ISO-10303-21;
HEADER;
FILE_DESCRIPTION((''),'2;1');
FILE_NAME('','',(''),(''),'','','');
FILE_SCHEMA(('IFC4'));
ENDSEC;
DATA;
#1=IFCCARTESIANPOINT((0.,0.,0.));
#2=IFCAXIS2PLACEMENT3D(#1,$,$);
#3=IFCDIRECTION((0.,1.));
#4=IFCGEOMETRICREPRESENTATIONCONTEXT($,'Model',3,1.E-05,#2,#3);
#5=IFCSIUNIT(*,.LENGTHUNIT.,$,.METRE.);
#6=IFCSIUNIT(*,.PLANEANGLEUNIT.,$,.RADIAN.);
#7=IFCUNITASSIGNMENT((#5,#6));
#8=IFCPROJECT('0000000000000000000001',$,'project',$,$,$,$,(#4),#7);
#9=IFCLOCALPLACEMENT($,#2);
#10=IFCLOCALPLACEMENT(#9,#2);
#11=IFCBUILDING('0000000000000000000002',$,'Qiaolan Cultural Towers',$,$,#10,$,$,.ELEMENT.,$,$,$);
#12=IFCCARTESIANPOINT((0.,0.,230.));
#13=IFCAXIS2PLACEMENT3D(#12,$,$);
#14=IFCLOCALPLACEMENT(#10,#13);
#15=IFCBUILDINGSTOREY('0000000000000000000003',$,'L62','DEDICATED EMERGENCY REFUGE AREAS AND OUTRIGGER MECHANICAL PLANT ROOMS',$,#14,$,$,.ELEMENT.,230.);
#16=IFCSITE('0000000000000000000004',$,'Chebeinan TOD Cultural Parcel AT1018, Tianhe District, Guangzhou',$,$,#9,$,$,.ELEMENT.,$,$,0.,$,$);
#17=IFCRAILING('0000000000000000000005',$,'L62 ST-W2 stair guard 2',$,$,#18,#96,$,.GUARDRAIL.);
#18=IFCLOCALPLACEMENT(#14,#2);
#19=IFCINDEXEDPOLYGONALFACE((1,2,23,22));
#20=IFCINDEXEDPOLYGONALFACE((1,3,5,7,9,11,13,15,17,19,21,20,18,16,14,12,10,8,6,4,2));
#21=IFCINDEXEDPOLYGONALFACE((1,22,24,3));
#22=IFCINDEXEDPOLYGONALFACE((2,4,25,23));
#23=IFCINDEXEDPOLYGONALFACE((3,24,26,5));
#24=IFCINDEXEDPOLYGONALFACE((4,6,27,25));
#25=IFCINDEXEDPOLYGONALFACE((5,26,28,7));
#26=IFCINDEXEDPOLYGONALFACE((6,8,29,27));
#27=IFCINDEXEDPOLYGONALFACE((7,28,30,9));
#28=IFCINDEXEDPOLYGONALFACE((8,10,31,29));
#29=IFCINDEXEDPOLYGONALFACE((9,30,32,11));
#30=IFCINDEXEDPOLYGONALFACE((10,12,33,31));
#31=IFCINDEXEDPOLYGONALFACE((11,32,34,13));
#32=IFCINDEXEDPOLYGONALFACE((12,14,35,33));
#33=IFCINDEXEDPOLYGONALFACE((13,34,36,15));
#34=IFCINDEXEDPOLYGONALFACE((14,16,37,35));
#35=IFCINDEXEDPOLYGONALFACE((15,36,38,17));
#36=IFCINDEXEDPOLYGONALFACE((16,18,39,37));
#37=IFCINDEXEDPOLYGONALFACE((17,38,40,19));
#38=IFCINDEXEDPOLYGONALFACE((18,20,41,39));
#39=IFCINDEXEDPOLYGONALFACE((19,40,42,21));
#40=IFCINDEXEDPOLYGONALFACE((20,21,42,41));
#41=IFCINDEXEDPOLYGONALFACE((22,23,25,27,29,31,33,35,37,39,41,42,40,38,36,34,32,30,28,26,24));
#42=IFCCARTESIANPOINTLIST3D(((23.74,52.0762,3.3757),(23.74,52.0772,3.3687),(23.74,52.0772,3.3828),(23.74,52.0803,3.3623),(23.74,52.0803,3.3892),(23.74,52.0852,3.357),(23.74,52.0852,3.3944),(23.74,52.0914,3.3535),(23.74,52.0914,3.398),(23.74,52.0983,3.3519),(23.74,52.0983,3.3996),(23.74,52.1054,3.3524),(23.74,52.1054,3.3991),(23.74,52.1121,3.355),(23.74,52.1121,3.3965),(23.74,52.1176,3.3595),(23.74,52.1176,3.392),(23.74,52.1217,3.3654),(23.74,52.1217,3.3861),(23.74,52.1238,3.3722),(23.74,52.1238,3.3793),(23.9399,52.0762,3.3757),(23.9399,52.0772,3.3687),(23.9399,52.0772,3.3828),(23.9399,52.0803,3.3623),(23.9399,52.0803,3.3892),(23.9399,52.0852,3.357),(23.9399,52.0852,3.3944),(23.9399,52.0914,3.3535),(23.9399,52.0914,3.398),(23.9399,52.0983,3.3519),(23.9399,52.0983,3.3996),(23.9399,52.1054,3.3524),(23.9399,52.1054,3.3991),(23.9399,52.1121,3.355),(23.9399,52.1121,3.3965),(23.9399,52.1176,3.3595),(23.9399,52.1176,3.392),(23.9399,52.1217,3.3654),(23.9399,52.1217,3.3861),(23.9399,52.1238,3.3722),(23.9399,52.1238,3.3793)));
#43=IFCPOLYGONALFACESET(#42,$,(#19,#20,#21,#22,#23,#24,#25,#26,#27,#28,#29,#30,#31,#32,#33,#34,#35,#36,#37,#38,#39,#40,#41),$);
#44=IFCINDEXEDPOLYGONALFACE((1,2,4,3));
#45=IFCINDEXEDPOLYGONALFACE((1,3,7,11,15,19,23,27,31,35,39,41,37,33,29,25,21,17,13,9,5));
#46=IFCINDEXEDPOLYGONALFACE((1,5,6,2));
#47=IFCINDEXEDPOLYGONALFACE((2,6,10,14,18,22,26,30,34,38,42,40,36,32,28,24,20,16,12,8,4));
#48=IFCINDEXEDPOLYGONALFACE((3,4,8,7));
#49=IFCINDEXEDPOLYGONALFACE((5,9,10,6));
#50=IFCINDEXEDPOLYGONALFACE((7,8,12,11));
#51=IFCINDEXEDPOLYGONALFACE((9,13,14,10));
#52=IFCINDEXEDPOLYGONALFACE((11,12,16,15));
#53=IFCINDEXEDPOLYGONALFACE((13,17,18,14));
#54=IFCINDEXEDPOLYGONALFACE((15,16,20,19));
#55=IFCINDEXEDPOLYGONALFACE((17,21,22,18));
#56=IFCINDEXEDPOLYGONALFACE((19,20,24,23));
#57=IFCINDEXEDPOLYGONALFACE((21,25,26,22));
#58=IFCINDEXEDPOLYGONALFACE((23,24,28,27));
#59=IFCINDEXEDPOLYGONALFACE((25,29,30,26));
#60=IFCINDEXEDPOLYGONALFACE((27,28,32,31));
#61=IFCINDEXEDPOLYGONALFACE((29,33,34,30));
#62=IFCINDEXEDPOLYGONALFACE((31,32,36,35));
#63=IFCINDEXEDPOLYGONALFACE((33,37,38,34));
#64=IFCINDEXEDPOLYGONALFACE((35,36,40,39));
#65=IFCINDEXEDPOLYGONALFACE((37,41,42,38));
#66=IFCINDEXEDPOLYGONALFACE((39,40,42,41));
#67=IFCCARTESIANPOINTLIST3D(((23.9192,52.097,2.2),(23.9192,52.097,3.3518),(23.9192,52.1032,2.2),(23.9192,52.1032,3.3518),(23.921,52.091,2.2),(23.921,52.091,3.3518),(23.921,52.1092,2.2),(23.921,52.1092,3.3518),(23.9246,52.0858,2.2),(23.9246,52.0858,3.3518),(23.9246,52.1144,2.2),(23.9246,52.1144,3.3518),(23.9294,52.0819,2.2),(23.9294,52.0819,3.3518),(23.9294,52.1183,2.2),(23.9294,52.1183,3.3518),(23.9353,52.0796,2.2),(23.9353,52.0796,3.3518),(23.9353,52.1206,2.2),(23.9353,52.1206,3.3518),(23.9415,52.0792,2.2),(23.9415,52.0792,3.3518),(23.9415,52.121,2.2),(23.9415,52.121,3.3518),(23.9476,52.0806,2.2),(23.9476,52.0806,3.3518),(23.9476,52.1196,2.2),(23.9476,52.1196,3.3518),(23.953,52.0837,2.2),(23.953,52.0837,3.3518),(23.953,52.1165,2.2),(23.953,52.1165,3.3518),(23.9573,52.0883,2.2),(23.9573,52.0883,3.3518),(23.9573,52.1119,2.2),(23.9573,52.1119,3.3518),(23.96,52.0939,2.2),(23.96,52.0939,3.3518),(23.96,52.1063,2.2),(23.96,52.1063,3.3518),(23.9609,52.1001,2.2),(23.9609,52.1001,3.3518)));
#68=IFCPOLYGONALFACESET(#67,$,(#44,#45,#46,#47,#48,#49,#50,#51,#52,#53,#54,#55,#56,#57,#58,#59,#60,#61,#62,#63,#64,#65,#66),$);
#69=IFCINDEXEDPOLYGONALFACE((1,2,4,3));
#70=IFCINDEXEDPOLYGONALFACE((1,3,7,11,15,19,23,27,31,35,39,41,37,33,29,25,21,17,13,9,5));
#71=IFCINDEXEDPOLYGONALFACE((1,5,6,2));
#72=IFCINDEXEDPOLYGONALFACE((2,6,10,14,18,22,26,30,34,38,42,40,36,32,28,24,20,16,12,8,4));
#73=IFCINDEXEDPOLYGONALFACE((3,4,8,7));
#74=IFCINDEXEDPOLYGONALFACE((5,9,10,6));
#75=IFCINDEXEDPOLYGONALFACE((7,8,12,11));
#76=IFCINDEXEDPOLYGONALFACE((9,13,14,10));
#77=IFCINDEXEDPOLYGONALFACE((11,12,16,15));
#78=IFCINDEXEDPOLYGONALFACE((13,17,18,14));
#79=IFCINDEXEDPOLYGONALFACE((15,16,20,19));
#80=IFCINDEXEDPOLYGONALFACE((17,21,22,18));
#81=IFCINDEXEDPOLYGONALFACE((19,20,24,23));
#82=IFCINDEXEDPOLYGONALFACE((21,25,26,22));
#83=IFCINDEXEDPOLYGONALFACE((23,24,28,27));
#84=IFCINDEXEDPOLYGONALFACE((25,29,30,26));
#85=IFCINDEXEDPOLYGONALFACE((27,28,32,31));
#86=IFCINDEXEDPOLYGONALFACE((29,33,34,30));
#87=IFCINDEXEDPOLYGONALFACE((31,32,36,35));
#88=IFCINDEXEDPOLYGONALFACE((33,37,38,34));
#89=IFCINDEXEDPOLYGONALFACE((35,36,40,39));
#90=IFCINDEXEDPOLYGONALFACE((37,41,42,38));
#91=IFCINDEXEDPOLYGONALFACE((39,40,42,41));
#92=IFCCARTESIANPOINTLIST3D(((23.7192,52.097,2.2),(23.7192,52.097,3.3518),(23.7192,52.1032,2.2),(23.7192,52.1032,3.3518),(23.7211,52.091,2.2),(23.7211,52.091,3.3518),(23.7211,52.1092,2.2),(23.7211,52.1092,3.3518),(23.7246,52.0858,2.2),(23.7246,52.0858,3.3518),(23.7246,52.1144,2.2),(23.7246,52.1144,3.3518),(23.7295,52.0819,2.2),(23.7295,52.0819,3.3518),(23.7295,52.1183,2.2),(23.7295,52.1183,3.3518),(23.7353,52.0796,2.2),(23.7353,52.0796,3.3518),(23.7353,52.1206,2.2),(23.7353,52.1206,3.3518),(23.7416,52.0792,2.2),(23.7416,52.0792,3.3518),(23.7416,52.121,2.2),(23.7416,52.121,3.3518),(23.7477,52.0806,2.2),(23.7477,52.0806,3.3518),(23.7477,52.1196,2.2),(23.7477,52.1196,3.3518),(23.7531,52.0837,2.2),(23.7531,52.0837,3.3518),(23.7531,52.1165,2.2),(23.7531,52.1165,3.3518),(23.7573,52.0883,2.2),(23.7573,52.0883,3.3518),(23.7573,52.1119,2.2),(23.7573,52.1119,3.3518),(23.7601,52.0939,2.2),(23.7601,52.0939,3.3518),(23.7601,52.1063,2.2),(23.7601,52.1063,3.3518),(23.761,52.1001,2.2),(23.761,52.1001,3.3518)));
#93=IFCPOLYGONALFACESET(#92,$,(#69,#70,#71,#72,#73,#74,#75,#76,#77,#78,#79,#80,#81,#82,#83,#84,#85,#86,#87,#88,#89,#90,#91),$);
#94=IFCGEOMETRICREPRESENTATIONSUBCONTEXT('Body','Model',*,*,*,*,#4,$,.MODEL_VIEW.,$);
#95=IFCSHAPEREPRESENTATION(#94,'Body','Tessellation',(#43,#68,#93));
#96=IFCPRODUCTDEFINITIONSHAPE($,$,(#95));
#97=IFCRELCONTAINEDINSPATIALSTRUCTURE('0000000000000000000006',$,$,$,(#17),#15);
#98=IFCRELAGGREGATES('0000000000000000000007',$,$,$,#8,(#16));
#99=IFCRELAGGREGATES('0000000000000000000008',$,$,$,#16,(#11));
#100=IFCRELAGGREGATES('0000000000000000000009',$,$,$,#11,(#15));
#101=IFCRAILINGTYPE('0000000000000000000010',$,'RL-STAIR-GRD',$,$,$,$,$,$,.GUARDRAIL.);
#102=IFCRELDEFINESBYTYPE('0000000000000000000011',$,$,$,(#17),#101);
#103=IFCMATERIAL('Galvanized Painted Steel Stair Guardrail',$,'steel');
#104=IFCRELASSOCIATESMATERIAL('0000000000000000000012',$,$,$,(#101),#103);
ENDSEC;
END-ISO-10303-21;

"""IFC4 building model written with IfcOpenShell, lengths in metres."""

from ifc_helpers import new_model, si_unit, direction, frame, origin, origin_2d, place, context, subcontext, project, spatial, circle, extrude, material, type_object, element, save


model = new_model("IFC4")

# Units and contexts
model_context = context("Model", 3, precision=1e-05, world=origin(), true_north=direction((0.0, 1.0)))
body_context = subcontext(model_context, "Body", "Model", "MODEL_VIEW")
ifc_project = project(units=[si_unit("LENGTHUNIT", "METRE"), si_unit("PLANEANGLEUNIT", "RADIAN")], contexts=[model_context])

# Site, building, storey
site_placement = place(None, origin())
site = spatial("IfcSite", under=ifc_project, at=site_placement, Name="Chebeinan TOD Cultural Parcel AT1018, Tianhe District, Guangzhou", CompositionType="ELEMENT", RefElevation=0.0)
building_placement = place(site_placement, origin())
building = spatial("IfcBuilding", under=site, at=building_placement, Name="Qiaolan Cultural Towers", CompositionType="ELEMENT")
storey_placement = place(building_placement, frame((0.0, 0.0, 230.0)))
storey = spatial("IfcBuildingStorey", under=building, at=storey_placement, Name="L62", Description="DEDICATED EMERGENCY REFUGE AREAS AND OUTRIGGER MECHANICAL PLANT ROOMS", CompositionType="ELEMENT", Elevation=230.0)

# Railing
ifc_material_1 = material(Name="Galvanized Painted Steel Stair Guardrail", Category="steel")
railing_type_1 = type_object("IfcRailingType", Name="RL-STAIR-GRD", PredefinedType="GUARDRAIL", material=ifc_material_1)
railing_1_placement = place(storey_placement, frame((23.9399, 52.1001, 2.2)))
element("IfcRailing", 1, at=railing_1_placement, inside=storey, type_object=railing_type_1, Name="L62 ST-W2 stair guard 2", PredefinedType="GUARDRAIL", context=body_context, shape_type="SweptSolid", body=[
    extrude(circle(Radius=0.0239, at=origin_2d()), frame((0.0, 0.0, 1.1758), z_axis=(-1.0, 0.0, 0.0), x_axis=(0.0, -1.0, 0.0)), (0.0, 0.0, 1.0), 0.2),
    extrude(circle(Radius=0.021, at=origin_2d()), origin(), (0.0, 0.0, 1.0), 1.1519),
    extrude(circle(Radius=0.021, at=origin_2d()), frame((-0.2, 0.0, 0.0)), (0.0, 0.0, 1.0), 1.1519),
])

save(model, "model.ifc")
